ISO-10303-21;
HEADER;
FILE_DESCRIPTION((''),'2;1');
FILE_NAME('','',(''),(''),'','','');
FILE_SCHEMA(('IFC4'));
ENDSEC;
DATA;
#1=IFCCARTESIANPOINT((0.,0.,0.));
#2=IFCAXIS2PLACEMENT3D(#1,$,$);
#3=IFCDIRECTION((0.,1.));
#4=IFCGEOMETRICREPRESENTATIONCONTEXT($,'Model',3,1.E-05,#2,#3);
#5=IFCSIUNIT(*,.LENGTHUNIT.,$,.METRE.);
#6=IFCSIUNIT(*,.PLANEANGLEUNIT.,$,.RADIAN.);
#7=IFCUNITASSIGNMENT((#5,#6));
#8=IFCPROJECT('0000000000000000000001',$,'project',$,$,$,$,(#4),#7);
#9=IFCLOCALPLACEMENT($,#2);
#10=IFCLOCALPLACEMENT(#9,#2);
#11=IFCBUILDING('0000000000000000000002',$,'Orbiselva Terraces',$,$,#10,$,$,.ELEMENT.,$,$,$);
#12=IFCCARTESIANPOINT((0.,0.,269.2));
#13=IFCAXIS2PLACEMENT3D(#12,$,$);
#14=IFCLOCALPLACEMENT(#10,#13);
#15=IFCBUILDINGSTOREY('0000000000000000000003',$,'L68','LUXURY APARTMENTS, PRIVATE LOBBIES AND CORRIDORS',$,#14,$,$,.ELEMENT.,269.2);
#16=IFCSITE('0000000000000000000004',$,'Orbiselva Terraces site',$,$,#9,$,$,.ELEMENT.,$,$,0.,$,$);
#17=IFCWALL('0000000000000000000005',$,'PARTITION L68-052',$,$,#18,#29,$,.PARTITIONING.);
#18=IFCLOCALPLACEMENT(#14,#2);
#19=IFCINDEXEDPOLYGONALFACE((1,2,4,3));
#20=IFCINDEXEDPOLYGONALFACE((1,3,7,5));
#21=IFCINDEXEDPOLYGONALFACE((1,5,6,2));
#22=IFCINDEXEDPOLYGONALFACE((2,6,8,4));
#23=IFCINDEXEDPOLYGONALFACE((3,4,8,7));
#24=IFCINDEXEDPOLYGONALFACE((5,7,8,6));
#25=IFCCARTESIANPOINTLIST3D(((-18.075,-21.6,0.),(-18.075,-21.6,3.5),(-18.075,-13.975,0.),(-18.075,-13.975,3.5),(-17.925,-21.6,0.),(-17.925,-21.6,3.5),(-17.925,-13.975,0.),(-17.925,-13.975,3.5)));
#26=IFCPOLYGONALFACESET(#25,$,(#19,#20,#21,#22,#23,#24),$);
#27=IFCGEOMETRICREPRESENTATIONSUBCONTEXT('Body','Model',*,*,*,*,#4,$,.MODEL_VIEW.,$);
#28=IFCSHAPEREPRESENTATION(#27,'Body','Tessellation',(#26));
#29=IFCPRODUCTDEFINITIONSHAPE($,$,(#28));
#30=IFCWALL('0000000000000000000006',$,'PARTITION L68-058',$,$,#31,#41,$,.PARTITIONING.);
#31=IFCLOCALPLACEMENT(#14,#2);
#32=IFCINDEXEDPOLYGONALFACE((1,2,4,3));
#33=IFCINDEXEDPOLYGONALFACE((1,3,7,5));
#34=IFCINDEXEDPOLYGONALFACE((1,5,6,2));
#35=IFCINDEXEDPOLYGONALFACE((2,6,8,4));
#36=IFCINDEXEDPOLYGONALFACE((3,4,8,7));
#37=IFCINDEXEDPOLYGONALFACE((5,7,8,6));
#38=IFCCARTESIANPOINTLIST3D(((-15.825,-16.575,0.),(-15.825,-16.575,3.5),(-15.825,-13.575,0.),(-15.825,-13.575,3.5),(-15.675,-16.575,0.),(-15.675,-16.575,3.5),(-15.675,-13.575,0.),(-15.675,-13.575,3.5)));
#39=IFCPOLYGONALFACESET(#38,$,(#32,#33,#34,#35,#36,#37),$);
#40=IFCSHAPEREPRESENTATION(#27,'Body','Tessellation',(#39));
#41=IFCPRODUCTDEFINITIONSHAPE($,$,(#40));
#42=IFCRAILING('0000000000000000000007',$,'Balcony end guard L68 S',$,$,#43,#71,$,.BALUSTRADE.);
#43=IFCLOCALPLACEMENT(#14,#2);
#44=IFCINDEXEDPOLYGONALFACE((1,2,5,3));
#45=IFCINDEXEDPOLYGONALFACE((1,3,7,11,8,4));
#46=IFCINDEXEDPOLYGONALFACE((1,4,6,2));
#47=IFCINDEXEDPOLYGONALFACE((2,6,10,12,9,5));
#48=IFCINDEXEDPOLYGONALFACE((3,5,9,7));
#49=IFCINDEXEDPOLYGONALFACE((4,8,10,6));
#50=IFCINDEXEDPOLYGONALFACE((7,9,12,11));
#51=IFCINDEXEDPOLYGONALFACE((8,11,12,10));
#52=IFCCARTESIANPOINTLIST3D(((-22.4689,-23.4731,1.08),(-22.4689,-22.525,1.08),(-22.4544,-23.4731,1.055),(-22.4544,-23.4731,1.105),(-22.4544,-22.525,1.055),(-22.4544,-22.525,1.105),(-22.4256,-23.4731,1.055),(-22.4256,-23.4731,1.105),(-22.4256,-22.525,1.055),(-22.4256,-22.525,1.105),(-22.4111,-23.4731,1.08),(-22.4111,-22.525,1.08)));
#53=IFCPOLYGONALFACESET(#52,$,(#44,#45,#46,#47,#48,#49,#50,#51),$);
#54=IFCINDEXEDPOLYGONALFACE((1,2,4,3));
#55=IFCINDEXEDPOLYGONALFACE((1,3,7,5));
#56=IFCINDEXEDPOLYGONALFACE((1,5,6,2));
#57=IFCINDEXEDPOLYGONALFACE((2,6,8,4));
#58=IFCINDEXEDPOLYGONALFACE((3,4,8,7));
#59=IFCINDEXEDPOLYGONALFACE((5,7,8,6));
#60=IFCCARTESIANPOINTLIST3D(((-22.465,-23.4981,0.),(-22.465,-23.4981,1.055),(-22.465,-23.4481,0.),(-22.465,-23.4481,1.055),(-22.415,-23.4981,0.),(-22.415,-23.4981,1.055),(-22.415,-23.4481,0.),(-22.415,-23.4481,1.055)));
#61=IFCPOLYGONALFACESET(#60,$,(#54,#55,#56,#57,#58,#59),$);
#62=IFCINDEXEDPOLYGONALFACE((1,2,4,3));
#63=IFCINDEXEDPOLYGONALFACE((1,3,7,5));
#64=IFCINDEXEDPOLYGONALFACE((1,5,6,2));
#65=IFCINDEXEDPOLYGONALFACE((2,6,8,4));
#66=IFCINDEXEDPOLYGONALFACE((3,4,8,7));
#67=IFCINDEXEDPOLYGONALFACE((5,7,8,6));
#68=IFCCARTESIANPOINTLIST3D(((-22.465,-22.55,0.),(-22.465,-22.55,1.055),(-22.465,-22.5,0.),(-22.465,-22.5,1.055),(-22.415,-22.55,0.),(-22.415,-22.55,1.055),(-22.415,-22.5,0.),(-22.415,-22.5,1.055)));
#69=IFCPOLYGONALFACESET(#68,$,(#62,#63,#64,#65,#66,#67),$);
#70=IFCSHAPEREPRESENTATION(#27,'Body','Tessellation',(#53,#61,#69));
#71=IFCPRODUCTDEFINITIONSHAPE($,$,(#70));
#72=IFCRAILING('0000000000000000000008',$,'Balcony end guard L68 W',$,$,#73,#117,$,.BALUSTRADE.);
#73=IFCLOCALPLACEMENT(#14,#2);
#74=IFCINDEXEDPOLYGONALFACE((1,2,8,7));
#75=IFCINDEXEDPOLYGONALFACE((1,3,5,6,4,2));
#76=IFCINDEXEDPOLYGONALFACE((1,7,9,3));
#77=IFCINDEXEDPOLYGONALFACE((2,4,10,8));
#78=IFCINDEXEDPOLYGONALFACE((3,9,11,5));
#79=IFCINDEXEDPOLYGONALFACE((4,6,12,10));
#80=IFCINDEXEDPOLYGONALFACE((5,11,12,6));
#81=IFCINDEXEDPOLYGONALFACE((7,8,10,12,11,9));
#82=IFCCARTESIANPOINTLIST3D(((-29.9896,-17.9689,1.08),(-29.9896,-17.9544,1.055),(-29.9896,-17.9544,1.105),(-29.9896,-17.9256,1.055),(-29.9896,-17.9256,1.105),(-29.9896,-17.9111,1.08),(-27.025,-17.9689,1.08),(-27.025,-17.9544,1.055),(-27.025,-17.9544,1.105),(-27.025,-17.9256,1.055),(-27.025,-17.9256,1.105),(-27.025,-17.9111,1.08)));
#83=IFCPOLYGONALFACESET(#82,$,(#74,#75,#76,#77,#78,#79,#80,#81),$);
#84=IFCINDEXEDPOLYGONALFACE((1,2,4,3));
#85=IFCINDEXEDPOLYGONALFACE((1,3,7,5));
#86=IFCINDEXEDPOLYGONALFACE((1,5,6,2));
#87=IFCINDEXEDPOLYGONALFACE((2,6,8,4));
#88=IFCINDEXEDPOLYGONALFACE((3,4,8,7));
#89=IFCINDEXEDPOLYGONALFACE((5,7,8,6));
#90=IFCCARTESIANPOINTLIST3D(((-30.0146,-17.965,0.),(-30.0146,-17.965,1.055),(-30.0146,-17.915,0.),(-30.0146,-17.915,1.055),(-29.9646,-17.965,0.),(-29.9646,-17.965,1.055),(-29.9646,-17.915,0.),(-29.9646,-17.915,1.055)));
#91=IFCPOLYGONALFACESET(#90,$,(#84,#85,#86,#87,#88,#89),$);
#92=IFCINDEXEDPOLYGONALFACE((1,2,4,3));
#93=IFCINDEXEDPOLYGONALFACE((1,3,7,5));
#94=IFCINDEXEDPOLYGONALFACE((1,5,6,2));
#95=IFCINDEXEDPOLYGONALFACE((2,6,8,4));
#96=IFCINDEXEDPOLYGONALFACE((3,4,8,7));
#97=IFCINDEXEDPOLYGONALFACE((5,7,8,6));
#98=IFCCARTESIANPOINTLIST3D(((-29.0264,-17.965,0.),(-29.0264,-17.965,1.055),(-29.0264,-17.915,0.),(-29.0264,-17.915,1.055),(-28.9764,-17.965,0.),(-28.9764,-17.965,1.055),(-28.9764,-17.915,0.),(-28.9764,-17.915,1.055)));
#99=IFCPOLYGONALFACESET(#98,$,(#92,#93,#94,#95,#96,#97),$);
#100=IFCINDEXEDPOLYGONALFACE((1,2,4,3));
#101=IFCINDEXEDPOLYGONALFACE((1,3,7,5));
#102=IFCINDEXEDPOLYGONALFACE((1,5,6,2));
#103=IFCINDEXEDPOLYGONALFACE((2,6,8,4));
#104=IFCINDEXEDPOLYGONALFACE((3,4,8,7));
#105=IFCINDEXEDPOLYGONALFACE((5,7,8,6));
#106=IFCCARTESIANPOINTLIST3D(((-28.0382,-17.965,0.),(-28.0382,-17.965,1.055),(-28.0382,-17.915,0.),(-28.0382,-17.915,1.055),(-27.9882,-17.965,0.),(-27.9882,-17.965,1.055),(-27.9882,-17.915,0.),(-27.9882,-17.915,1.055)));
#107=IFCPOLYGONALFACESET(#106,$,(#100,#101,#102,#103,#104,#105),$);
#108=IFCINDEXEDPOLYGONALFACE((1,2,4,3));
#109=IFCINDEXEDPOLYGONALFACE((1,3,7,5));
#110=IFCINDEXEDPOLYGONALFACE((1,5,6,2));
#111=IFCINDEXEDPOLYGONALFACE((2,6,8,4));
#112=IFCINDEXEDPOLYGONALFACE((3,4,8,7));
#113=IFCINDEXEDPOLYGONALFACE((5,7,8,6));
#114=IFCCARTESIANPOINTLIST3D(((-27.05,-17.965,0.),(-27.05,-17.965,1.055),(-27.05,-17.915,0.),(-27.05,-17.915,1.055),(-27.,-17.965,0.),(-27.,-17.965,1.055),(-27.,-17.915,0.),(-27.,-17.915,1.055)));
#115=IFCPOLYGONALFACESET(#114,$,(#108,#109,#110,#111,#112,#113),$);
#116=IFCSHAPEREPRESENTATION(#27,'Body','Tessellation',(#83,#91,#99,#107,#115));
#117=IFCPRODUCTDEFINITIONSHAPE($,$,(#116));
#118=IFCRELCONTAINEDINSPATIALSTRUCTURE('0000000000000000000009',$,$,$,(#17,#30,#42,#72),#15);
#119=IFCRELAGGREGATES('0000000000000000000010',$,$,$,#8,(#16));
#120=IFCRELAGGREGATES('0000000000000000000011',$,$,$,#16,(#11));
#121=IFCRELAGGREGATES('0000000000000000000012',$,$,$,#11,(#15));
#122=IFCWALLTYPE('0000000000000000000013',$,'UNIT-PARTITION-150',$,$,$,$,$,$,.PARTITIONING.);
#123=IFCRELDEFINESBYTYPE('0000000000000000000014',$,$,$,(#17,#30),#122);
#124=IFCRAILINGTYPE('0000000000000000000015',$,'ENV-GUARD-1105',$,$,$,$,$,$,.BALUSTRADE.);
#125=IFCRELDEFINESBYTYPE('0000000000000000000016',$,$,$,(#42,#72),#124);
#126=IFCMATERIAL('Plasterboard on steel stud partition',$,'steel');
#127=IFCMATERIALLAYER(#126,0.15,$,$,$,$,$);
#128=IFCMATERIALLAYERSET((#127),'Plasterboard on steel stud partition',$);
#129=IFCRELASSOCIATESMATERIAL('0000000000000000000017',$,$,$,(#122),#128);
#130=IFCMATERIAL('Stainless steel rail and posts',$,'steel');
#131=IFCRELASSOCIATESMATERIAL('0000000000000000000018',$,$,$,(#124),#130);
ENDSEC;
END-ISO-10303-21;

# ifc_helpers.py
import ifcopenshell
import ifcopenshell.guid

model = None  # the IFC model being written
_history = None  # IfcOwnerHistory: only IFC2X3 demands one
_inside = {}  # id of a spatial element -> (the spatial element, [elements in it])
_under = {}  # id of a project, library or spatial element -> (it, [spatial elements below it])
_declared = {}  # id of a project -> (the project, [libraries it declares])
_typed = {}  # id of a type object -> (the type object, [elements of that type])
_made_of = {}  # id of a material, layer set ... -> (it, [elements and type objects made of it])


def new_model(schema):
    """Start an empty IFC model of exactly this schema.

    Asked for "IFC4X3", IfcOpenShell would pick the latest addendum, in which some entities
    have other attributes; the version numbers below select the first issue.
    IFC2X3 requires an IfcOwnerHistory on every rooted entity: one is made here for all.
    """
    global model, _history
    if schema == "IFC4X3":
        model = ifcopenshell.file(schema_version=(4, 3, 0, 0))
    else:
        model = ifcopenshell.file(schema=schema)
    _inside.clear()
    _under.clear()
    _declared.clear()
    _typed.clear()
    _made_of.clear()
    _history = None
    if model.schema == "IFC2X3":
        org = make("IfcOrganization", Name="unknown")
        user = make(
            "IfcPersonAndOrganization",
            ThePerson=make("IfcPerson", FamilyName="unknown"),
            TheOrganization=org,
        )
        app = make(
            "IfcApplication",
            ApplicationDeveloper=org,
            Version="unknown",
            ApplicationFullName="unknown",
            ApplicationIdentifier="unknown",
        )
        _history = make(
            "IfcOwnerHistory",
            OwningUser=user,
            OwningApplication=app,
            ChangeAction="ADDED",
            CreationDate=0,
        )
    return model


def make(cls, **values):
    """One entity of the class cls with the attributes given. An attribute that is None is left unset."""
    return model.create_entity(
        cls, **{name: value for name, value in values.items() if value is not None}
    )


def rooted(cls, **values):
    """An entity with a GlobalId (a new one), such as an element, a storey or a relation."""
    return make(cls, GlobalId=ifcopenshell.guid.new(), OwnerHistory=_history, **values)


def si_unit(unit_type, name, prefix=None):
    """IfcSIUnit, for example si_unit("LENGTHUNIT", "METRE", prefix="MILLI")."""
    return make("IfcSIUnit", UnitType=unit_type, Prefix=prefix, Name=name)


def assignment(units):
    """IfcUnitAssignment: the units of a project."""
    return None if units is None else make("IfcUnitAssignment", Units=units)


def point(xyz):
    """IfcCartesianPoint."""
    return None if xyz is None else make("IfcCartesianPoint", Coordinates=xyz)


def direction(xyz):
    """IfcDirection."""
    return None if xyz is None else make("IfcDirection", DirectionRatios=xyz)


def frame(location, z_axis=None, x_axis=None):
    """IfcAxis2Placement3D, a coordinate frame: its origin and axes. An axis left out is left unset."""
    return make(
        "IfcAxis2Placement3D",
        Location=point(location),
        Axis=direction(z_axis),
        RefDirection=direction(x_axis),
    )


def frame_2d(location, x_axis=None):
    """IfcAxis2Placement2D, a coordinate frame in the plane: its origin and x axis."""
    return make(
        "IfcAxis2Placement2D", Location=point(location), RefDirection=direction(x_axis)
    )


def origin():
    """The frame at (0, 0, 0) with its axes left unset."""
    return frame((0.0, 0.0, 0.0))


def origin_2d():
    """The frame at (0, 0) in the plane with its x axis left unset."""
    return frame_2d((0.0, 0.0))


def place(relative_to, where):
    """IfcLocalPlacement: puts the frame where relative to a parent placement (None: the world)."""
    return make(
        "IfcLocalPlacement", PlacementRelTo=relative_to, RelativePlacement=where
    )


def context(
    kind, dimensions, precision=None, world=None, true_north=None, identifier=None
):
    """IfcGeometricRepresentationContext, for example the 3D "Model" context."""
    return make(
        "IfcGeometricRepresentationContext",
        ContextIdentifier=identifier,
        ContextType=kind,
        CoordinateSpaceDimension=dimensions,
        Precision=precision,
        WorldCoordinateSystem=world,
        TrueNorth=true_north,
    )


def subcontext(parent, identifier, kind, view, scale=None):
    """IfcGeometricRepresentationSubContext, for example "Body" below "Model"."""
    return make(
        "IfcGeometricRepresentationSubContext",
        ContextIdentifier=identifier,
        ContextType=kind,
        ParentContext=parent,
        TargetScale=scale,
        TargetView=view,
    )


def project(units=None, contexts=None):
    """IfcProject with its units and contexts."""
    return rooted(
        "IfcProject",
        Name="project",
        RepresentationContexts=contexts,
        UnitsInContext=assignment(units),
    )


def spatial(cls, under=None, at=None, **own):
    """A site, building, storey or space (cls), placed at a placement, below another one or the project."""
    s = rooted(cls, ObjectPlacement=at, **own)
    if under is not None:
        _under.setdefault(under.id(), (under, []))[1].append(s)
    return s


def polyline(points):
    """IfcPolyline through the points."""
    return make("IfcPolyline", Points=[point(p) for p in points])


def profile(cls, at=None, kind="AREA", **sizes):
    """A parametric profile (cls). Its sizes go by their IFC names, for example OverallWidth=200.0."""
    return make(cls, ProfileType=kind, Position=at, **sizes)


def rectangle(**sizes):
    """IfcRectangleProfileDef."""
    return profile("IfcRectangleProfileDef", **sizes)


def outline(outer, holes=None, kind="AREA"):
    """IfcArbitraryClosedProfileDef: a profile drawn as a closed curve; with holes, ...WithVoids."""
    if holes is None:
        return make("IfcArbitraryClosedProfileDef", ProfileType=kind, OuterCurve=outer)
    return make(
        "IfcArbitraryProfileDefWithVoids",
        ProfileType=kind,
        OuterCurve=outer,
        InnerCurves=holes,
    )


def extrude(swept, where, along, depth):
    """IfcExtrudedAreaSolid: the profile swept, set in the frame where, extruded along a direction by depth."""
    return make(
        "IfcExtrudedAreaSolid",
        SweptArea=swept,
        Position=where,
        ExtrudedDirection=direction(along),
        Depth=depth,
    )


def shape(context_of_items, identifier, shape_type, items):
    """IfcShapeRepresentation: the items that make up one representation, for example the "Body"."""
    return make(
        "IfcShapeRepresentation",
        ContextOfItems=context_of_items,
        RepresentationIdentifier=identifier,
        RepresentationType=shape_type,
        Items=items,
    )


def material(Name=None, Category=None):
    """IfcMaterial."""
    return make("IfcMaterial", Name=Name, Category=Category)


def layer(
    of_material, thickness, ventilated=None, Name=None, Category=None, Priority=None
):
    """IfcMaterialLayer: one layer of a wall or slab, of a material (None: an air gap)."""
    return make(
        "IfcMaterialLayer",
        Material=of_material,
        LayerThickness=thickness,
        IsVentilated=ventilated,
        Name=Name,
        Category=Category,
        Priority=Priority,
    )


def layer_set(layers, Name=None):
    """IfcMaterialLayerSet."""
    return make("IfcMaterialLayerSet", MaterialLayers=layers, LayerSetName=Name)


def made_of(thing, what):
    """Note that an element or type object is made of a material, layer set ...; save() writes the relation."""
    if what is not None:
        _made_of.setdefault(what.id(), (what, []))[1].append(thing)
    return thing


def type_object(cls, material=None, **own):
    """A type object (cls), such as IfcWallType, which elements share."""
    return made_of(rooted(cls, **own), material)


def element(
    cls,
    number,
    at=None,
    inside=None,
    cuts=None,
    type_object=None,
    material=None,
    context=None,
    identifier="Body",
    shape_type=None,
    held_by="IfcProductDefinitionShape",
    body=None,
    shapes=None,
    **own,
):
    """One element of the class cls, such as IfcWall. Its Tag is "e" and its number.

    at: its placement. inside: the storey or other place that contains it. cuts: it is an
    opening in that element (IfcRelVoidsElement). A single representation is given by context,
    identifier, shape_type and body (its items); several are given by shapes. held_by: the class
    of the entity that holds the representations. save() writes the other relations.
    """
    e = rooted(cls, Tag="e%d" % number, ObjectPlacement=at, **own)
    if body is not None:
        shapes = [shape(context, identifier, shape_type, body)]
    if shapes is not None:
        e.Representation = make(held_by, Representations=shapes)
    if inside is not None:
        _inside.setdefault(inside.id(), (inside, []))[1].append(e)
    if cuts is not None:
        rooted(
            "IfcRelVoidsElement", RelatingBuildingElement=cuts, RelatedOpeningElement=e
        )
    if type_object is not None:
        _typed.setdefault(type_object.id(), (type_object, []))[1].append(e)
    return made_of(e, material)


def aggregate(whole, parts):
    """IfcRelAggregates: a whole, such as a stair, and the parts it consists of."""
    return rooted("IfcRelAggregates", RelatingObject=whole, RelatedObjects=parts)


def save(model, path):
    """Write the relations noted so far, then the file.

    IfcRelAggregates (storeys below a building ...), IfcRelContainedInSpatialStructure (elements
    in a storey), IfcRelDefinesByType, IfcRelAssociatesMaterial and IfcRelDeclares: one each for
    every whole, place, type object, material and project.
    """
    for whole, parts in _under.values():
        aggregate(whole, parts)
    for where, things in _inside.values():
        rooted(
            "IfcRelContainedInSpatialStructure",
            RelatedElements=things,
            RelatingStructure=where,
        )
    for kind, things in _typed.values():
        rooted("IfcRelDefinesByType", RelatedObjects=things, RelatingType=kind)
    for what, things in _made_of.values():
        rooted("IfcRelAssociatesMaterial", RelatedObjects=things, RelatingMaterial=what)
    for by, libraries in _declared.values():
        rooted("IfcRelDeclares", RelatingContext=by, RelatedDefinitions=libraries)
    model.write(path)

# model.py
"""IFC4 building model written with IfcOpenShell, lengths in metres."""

from ifc_helpers import new_model, si_unit, direction, frame, frame_2d, origin, origin_2d, place, context, subcontext, project, spatial, polyline, rectangle, outline, extrude, material, layer, layer_set, type_object, element, save


model = new_model("IFC4")

# Units and contexts
model_context = context("Model", 3, precision=1e-05, world=origin(), true_north=direction((0.0, 1.0)))
body_context = subcontext(model_context, "Body", "Model", "MODEL_VIEW")
ifc_project = project(units=[si_unit("LENGTHUNIT", "METRE"), si_unit("PLANEANGLEUNIT", "RADIAN")], contexts=[model_context])

# Site, building, storey
site_placement = place(None, origin())
site = spatial("IfcSite", under=ifc_project, at=site_placement, Name="Orbiselva Terraces site", CompositionType="ELEMENT", RefElevation=0.0)
building_placement = place(site_placement, origin())
building = spatial("IfcBuilding", under=site, at=building_placement, Name="Orbiselva Terraces", CompositionType="ELEMENT")
storey_placement = place(building_placement, frame((0.0, 0.0, 269.2)))
storey = spatial("IfcBuildingStorey", under=building, at=storey_placement, Name="L68", Description="LUXURY APARTMENTS, PRIVATE LOBBIES AND CORRIDORS", CompositionType="ELEMENT", Elevation=269.2)

# Walls
ifc_material_1 = material(Name="Plasterboard on steel stud partition", Category="steel")
ifc_layer_1 = layer(ifc_material_1, 0.15)
ifc_layer_set_1 = layer_set([ifc_layer_1], Name="Plasterboard on steel stud partition")
wall_type_1 = type_object("IfcWallType", Name="UNIT-PARTITION-150", PredefinedType="PARTITIONING", material=ifc_layer_set_1)
wall_1_placement = place(storey_placement, frame((-18.0, -21.6, 0.0), z_axis=(0.0, 0.0, 1.0), x_axis=(0.0, 1.0, 0.0)))
element("IfcWall", 1, at=wall_1_placement, inside=storey, type_object=wall_type_1, Name="PARTITION L68-052", PredefinedType="PARTITIONING", context=body_context, shape_type="SweptSolid", body=[
    extrude(rectangle(XDim=7.625, YDim=0.15, at=frame_2d((3.8125, 0.0))), origin(), (0.0, 0.0, 1.0), 3.5),
])
wall_2_placement = place(storey_placement, frame((-15.75, -16.575, 0.0), z_axis=(0.0, 0.0, 1.0), x_axis=(0.0, 1.0, 0.0)))
element("IfcWall", 2, at=wall_2_placement, inside=storey, type_object=wall_type_1, Name="PARTITION L68-058", PredefinedType="PARTITIONING", context=body_context, shape_type="SweptSolid", body=[
    extrude(rectangle(XDim=3.0, YDim=0.15, at=frame_2d((1.5, 0.0))), origin(), (0.0, 0.0, 1.0), 3.5),
])

# Railings
ifc_material_2 = material(Name="Stainless steel rail and posts", Category="steel")
railing_type_1 = type_object("IfcRailingType", Name="ENV-GUARD-1105", PredefinedType="BALUSTRADE", material=ifc_material_2)
railing_1_placement = place(storey_placement, frame((-22.44, -23.4731, 0.0)))
element("IfcRailing", 3, at=railing_1_placement, inside=storey, type_object=railing_type_1, Name="Balcony end guard L68 S", PredefinedType="BALUSTRADE", context=body_context, shape_type="SweptSolid", body=[
    extrude(outline(polyline([(0.0289, 0.0), (0.0144, 0.025), (-0.0144, 0.025), (-0.0289, 0.0), (-0.0144, -0.025), (0.0144, -0.025), (0.0289, 0.0)])), frame((0.0, 0.0, 1.08), z_axis=(0.0, 1.0, 0.0), x_axis=(-1.0, 0.0, 0.0)), (0.0, 0.0, 1.0), 0.9481),
    extrude(rectangle(XDim=0.05, YDim=0.05, at=origin_2d()), origin(), (0.0, 0.0, 1.0), 1.055),
    extrude(rectangle(XDim=0.05, YDim=0.05, at=origin_2d()), frame((0.0, 0.9481, 0.0)), (0.0, 0.0, 1.0), 1.055),
])
railing_2_placement = place(storey_placement, frame((-29.9896, -17.94, 0.0)))
element("IfcRailing", 4, at=railing_2_placement, inside=storey, type_object=railing_type_1, Name="Balcony end guard L68 W", PredefinedType="BALUSTRADE", context=body_context, shape_type="SweptSolid", body=[
    extrude(outline(polyline([(0.0289, 0.0), (0.0144, 0.025), (-0.0144, 0.025), (-0.0289, 0.0), (-0.0144, -0.025), (0.0144, -0.025), (0.0289, 0.0)])), frame((0.0, 0.0, 1.08), z_axis=(1.0, 0.0, 0.0), x_axis=(0.0, 1.0, 0.0)), (0.0, 0.0, 1.0), 2.9646),
    extrude(rectangle(XDim=0.05, YDim=0.05, at=origin_2d()), origin(), (0.0, 0.0, 1.0), 1.055),
    extrude(rectangle(XDim=0.05, YDim=0.05, at=origin_2d()), frame((0.9882, 0.0, 0.0)), (0.0, 0.0, 1.0), 1.055),
    extrude(rectangle(XDim=0.05, YDim=0.05, at=origin_2d()), frame((1.9764, 0.0, 0.0)), (0.0, 0.0, 1.0), 1.055),
    extrude(rectangle(XDim=0.05, YDim=0.05, at=origin_2d()), frame((2.9646, 0.0, 0.0)), (0.0, 0.0, 1.0), 1.055),
])

save(model, "model.ifc")
